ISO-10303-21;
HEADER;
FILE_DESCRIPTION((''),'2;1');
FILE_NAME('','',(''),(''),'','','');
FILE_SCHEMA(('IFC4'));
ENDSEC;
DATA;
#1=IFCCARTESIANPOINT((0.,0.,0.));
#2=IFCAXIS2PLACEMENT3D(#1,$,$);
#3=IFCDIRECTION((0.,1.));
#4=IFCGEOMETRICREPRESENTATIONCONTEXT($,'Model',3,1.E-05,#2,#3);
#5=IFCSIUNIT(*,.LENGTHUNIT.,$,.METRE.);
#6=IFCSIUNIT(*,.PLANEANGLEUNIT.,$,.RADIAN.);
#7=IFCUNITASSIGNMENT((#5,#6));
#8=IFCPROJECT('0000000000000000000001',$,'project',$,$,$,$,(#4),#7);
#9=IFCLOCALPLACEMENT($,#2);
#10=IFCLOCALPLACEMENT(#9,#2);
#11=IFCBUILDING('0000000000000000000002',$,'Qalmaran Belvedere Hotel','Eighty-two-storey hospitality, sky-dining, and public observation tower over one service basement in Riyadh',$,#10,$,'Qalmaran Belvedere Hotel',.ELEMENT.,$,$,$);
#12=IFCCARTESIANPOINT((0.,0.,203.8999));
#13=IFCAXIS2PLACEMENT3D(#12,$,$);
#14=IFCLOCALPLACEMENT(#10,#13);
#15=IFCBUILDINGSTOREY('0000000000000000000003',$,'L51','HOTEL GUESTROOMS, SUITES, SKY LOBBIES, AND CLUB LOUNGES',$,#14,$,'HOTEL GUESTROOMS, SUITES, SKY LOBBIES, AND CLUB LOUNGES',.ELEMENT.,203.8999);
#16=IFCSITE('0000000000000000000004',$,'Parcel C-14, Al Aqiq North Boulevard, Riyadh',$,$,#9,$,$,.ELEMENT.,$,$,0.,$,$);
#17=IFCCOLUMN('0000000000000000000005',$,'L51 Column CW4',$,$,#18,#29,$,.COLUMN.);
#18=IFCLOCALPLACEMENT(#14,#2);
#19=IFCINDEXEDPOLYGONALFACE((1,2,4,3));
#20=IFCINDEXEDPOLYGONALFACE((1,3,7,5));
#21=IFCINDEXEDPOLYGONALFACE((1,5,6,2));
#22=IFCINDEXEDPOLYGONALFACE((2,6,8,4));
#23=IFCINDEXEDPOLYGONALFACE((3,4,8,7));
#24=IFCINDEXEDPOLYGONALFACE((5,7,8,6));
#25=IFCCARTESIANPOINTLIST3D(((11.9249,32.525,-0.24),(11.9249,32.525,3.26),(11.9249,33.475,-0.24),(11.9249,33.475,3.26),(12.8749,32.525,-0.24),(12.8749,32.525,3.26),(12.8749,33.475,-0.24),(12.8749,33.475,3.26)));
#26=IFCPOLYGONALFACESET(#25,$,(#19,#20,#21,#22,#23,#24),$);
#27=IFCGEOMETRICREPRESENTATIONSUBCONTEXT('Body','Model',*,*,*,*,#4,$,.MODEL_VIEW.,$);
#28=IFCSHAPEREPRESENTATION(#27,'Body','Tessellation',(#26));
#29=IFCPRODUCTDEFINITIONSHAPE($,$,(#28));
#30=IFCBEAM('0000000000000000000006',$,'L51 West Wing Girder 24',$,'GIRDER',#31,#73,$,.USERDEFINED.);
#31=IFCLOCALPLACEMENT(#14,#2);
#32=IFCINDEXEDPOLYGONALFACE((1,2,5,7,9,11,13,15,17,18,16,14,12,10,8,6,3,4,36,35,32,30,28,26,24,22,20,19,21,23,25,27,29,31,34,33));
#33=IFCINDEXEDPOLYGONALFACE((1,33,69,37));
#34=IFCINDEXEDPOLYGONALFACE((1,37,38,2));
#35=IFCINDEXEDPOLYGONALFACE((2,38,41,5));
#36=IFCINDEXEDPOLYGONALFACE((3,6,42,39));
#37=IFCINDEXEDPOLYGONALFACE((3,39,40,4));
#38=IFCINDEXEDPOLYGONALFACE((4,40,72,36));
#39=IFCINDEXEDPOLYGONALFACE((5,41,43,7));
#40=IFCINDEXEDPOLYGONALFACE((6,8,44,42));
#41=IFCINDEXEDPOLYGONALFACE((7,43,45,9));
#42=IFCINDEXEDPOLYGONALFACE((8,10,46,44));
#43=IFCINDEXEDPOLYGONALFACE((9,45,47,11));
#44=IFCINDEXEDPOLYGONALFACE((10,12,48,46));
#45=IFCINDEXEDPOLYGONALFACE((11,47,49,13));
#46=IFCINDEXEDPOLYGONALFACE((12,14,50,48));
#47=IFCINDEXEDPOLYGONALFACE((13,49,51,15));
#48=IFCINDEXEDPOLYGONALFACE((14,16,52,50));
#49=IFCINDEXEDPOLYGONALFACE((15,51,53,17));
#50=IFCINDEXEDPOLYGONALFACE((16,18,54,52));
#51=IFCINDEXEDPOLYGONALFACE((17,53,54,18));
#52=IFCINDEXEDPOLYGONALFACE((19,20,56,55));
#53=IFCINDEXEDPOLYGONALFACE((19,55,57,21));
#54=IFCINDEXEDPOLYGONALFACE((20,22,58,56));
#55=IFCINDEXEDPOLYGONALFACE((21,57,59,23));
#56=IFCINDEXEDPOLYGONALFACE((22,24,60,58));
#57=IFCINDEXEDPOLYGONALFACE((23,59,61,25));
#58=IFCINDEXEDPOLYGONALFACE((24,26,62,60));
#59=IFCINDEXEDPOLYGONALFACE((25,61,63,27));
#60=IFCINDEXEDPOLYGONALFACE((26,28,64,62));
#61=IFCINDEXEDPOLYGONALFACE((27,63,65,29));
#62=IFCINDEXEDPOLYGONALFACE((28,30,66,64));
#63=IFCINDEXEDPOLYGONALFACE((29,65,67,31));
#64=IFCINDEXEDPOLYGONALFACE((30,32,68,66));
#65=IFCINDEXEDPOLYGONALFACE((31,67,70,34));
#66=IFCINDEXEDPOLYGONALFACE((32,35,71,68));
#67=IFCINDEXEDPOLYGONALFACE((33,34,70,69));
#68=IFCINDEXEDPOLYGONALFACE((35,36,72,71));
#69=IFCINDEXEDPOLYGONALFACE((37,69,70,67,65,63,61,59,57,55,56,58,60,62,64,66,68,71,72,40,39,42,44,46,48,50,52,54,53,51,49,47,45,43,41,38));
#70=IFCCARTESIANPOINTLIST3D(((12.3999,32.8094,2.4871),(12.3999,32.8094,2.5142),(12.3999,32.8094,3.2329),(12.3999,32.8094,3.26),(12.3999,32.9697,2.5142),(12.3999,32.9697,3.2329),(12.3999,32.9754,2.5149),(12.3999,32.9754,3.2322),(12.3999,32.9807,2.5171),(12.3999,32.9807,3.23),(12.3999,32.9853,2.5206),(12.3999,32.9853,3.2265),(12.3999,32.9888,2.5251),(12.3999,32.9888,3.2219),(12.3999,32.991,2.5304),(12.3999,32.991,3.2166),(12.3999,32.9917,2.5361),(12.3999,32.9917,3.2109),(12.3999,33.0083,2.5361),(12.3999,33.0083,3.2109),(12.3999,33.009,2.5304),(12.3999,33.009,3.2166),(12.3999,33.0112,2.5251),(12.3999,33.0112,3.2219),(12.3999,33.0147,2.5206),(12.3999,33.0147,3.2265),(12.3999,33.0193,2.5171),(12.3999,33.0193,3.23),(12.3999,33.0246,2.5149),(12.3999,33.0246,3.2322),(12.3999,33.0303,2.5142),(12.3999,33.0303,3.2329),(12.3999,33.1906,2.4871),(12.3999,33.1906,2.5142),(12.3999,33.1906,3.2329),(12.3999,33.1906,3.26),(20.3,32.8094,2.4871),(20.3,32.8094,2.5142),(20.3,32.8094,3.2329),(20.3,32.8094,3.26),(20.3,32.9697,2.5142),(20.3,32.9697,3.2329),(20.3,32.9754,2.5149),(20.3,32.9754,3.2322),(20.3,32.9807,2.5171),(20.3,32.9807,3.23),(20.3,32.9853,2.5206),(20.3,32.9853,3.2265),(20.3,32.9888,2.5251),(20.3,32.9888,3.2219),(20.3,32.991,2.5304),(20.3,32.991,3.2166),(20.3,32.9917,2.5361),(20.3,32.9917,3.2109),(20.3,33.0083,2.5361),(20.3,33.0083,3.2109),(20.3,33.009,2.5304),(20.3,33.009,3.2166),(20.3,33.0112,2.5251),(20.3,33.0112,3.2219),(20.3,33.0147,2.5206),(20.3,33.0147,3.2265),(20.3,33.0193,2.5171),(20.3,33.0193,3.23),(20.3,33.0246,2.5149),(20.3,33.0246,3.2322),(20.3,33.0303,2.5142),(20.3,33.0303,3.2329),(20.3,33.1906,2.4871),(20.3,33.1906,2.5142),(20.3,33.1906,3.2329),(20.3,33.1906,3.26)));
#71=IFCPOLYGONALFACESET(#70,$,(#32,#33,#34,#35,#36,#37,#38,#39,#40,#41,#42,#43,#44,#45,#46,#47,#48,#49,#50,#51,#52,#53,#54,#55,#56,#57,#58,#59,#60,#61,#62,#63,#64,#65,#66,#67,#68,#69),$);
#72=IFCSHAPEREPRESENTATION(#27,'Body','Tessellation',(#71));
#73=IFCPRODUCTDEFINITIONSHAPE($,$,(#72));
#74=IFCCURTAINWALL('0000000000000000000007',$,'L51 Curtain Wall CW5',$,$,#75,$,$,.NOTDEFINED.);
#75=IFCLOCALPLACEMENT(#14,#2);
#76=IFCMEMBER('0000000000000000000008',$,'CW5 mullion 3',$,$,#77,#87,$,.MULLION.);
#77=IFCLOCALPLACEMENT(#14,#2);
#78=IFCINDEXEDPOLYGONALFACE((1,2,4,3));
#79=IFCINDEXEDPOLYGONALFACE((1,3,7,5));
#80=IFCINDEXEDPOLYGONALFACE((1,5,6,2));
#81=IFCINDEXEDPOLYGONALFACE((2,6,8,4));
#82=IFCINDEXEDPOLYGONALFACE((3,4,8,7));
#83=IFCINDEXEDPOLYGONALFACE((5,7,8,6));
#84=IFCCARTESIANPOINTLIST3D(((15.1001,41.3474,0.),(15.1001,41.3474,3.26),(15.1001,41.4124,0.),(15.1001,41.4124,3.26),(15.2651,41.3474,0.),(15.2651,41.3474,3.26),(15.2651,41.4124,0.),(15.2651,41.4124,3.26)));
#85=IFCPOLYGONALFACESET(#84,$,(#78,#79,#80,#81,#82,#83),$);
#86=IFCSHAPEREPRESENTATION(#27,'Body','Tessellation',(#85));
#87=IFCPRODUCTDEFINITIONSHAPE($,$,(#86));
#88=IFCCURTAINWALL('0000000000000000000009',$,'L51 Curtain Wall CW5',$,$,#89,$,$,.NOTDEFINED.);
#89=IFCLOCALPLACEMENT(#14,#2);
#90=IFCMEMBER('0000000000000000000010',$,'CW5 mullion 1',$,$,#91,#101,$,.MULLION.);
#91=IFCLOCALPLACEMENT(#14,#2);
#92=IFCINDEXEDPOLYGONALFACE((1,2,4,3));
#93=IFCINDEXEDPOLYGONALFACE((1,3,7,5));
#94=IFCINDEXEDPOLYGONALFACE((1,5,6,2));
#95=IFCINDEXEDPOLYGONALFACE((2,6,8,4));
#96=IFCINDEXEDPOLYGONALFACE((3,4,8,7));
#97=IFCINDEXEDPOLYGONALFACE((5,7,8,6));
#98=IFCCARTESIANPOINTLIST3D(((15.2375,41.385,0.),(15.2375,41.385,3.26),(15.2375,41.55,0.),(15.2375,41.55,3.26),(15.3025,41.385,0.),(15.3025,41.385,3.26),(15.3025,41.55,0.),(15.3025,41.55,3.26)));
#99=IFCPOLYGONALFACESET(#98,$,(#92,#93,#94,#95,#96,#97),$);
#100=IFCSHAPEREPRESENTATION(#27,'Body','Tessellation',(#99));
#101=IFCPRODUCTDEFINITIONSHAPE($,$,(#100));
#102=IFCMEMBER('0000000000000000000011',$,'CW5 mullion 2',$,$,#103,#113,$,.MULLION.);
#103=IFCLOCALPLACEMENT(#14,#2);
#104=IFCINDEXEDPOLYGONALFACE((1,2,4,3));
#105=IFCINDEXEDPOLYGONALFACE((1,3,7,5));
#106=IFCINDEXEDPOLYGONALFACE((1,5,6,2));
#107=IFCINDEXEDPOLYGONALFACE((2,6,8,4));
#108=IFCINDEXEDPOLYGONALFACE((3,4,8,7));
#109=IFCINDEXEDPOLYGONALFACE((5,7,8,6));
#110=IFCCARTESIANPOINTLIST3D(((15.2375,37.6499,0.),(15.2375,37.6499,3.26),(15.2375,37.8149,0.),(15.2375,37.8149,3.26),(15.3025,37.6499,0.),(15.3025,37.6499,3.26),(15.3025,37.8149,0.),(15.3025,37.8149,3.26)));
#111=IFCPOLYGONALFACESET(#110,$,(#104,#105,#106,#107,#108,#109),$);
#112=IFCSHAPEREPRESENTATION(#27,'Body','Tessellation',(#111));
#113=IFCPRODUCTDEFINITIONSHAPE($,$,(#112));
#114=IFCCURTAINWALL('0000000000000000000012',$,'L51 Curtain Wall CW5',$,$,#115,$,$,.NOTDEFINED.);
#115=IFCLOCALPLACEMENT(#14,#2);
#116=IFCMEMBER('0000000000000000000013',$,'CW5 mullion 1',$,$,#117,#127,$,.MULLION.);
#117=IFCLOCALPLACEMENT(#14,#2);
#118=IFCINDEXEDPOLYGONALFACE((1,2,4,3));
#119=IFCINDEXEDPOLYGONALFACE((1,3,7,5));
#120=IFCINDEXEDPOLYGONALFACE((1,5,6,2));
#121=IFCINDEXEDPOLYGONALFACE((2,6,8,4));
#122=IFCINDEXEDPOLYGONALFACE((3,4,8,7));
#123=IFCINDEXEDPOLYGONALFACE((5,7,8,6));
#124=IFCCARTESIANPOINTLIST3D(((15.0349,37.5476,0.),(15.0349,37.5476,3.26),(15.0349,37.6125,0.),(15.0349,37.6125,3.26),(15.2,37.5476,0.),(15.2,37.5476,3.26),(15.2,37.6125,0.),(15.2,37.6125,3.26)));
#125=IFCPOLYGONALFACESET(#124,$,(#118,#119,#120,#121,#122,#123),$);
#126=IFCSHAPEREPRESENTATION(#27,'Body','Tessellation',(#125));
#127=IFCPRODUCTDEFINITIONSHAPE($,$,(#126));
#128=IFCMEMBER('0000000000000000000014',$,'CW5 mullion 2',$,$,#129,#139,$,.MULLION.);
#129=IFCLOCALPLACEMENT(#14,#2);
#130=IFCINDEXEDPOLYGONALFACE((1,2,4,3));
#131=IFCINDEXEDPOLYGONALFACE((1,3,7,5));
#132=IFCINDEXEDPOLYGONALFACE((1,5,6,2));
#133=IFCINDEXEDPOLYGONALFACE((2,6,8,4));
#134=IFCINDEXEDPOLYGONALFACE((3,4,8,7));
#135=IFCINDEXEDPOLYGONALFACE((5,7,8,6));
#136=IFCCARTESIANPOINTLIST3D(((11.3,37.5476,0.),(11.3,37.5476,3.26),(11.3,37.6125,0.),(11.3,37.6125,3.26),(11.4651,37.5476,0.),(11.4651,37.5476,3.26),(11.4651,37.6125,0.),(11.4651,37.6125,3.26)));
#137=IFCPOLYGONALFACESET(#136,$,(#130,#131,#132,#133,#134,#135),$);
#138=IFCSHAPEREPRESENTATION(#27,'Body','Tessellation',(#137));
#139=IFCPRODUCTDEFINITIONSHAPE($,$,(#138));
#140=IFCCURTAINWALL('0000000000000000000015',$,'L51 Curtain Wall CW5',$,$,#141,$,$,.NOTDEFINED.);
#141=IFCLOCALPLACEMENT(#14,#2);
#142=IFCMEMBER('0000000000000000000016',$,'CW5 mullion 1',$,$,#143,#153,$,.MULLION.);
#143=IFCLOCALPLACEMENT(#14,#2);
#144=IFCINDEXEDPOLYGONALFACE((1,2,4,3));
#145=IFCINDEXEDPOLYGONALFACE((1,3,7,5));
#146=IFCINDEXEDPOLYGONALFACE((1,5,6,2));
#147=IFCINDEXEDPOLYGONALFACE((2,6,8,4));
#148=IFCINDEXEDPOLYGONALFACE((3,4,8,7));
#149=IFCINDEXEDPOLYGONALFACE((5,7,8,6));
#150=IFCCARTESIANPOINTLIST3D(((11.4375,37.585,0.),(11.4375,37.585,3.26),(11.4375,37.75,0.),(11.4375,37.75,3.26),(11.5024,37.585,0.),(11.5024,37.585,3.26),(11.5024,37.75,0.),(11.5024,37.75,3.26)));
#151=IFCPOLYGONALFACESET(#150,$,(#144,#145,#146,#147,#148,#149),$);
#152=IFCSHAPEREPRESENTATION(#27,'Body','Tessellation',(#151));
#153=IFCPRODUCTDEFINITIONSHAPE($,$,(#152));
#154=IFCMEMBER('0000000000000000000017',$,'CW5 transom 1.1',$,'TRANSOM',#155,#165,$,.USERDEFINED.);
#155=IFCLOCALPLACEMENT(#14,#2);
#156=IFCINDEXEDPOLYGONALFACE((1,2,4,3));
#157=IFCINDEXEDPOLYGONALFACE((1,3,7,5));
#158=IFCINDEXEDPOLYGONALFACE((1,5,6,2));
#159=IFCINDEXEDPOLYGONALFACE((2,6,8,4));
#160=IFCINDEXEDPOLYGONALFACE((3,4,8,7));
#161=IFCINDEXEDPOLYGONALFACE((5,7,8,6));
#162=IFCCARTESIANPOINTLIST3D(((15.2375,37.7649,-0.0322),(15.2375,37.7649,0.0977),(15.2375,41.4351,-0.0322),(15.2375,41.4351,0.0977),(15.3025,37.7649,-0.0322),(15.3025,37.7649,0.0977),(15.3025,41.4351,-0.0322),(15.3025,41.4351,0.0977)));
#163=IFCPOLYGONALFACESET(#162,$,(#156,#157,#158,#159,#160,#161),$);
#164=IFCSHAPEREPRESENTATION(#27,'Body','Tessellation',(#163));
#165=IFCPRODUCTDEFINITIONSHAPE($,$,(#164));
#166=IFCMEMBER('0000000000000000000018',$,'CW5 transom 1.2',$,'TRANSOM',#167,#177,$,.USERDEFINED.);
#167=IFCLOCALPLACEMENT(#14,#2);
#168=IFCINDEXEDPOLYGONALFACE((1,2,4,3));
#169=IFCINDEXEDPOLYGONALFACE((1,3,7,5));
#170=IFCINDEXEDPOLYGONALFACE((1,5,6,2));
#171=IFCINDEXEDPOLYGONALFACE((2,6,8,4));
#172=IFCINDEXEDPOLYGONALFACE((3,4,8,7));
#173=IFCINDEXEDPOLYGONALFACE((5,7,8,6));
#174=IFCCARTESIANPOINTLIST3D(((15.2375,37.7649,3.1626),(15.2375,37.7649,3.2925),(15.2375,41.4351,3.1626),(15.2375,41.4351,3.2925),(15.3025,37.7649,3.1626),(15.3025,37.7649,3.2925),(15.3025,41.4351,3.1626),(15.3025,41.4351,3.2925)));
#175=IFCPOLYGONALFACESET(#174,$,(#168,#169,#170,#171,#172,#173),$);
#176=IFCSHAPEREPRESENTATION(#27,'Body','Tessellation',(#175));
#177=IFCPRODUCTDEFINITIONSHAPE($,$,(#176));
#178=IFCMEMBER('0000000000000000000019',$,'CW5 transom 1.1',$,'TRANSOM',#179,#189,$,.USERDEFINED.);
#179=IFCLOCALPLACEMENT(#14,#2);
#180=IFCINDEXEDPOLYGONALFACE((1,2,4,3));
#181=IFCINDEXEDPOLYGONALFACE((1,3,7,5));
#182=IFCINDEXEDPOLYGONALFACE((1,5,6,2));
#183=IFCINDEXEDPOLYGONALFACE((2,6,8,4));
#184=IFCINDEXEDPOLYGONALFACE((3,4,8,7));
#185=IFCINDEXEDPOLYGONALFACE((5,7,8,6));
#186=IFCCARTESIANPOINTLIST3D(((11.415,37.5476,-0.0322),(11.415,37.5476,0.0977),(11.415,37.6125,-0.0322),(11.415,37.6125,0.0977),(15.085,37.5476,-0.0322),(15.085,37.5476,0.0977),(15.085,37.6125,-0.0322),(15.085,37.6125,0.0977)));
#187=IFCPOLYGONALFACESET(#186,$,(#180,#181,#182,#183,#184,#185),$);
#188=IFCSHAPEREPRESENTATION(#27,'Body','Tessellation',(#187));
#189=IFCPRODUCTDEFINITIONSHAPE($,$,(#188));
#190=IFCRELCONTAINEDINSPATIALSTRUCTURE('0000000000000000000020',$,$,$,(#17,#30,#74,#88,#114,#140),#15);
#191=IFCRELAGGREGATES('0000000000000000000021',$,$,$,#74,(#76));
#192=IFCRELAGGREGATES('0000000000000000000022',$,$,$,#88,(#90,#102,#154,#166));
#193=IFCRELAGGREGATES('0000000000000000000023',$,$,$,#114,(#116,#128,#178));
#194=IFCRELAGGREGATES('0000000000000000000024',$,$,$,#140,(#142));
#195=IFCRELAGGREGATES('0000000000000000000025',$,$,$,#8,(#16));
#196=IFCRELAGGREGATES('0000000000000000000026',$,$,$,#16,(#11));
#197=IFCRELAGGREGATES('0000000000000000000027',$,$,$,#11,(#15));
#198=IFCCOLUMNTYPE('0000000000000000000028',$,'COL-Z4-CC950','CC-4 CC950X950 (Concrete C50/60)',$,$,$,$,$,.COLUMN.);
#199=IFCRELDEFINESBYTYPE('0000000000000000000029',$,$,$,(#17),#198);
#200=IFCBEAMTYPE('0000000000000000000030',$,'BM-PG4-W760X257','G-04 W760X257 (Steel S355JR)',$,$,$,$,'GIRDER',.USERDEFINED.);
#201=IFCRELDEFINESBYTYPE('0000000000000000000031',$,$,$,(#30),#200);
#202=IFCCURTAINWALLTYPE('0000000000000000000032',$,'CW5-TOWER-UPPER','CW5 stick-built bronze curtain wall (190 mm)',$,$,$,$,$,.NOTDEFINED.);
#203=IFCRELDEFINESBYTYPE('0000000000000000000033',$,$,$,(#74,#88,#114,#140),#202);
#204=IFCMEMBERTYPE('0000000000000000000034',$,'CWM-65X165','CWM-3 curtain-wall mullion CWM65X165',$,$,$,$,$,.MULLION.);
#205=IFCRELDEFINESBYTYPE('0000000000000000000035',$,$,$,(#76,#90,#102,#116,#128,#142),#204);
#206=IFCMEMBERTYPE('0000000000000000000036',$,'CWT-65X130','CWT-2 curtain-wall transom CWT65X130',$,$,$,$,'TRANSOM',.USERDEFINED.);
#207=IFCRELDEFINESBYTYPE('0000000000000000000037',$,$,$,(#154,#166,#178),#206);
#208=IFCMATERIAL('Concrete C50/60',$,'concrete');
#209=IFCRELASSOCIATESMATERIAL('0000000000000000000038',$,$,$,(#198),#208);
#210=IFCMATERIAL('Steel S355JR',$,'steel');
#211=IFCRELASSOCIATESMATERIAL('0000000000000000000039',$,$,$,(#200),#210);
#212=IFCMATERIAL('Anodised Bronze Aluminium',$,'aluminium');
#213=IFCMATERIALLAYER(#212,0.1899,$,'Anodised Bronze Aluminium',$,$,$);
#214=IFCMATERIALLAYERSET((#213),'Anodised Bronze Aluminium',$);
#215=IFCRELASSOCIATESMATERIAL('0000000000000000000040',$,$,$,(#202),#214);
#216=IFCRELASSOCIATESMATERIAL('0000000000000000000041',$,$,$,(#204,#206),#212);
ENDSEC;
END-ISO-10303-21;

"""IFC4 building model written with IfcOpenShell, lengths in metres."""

from ifc_helpers import new_model, si_unit, direction, frame, origin, origin_2d, place, context, subcontext, project, spatial, rectangle, i_section, extrude, material, layer, layer_set, material_profile, profile_set, type_object, element, aggregate, save


model = new_model("IFC4")

# Units and contexts
model_context = context("Model", 3, precision=1e-05, world=origin(), true_north=direction((0.0, 1.0)))
body_context = subcontext(model_context, "Body", "Model", "MODEL_VIEW")
ifc_project = project(units=[si_unit("LENGTHUNIT", "METRE"), si_unit("PLANEANGLEUNIT", "RADIAN")], contexts=[model_context])

# Site, building, storey
site_placement = place(None, origin())
site = spatial("IfcSite", under=ifc_project, at=site_placement, Name="Parcel C-14, Al Aqiq North Boulevard, Riyadh", CompositionType="ELEMENT", RefElevation=0.0)
building_placement = place(site_placement, origin())
building = spatial("IfcBuilding", under=site, at=building_placement, Name="Qalmaran Belvedere Hotel", Description="Eighty-two-storey hospitality, sky-dining, and public observation tower over one service basement in Riyadh", LongName="Qalmaran Belvedere Hotel", CompositionType="ELEMENT")
storey_placement = place(building_placement, frame((0.0, 0.0, 203.8999)))
storey = spatial("IfcBuildingStorey", under=building, at=storey_placement, Name="L51", Description="HOTEL GUESTROOMS, SUITES, SKY LOBBIES, AND CLUB LOUNGES", LongName="HOTEL GUESTROOMS, SUITES, SKY LOBBIES, AND CLUB LOUNGES", CompositionType="ELEMENT", Elevation=203.8999)

# Column
ifc_material_1 = material(Name="Concrete C50/60", Category="concrete")
ifc_material_profile_1 = material_profile(ifc_material_1, rectangle(XDim=0.95, YDim=0.95, at=origin_2d()), Name="CC950X950")
ifc_profile_set_1 = profile_set([ifc_material_profile_1], Name="Concrete C50/60")
column_type = type_object("IfcColumnType", Name="COL-Z4-CC950", Description="CC-4 CC950X950 (Concrete C50/60)", PredefinedType="COLUMN", material=ifc_profile_set_1)
column_placement = place(storey_placement, frame((12.3999, 33.0, -0.24), z_axis=(0.0, 0.0, 1.0), x_axis=(1.0, 0.0, 0.0)))
element("IfcColumn", 1, at=column_placement, inside=storey, type_object=column_type, Name="L51 Column CW4", PredefinedType="COLUMN", context=body_context, shape_type="SweptSolid", body=[
    extrude(rectangle(XDim=0.95, YDim=0.95, at=origin_2d()), origin(), (0.0, 0.0, 1.0), 3.5),
])

# Beam
ifc_material_2 = material(Name="Steel S355JR", Category="steel")
ifc_material_profile_2 = material_profile(ifc_material_2, i_section(OverallWidth=0.3811, OverallDepth=0.7729, WebThickness=0.0166, FlangeThickness=0.0271, FilletRadius=0.022, at=origin_2d()), Name="W760X257")
ifc_profile_set_2 = profile_set([ifc_material_profile_2], Name="Steel S355JR")
beam_type = type_object("IfcBeamType", Name="BM-PG4-W760X257", Description="G-04 W760X257 (Steel S355JR)", ElementType="GIRDER", PredefinedType="USERDEFINED", material=ifc_profile_set_2)
beam_placement = place(storey_placement, frame((12.3999, 33.0, 2.8735), z_axis=(1.0, 0.0, 0.0), x_axis=(0.0, 1.0, 0.0)))
element("IfcBeam", 2, at=beam_placement, inside=storey, type_object=beam_type, Name="L51 West Wing Girder 24", ObjectType="GIRDER", PredefinedType="USERDEFINED", context=body_context, shape_type="SweptSolid", body=[
    extrude(i_section(OverallWidth=0.3811, OverallDepth=0.7729, WebThickness=0.0166, FlangeThickness=0.0271, FilletRadius=0.022, at=origin_2d()), origin(), (0.0, 0.0, 1.0), 7.9001),
])

# Curtain wall, member
ifc_material_3 = material(Name="Anodised Bronze Aluminium", Category="aluminium")
ifc_layer_1 = layer(ifc_material_3, 0.1899, Name="Anodised Bronze Aluminium")
ifc_layer_set_1 = layer_set([ifc_layer_1], Name="Anodised Bronze Aluminium")
curtain_wall_type = type_object("IfcCurtainWallType", Name="CW5-TOWER-UPPER", Description="CW5 stick-built bronze curtain wall (190 mm)", PredefinedType="NOTDEFINED", material=ifc_layer_set_1)
curtain_wall_1_placement = place(storey_placement, origin())
curtain_wall_1 = element("IfcCurtainWall", 3, at=curtain_wall_1_placement, inside=storey, type_object=curtain_wall_type, Name="L51 Curtain Wall CW5", PredefinedType="NOTDEFINED")
ifc_material_profile_3 = material_profile(ifc_material_3, rectangle(XDim=0.0649, YDim=0.165, at=origin_2d()), Name="CWM65X165")
ifc_profile_set_3 = profile_set([ifc_material_profile_3], Name="Anodised Bronze Aluminium")
member_type_1 = type_object("IfcMemberType", Name="CWM-65X165", Description="CWM-3 curtain-wall mullion CWM65X165", PredefinedType="MULLION", material=ifc_profile_set_3)
member_1_placement = place(storey_placement, frame((15.1826, 41.3799, 0.0), z_axis=(0.0, 0.0, 1.0), x_axis=(0.0, -1.0, 0.0)))
member_1 = element("IfcMember", 4, at=member_1_placement, type_object=member_type_1, Name="CW5 mullion 3", PredefinedType="MULLION", context=body_context, shape_type="SweptSolid", body=[
    extrude(rectangle(XDim=0.0649, YDim=0.165, at=origin_2d()), origin(), (0.0, 0.0, 1.0), 3.26),
])
aggregate(curtain_wall_1, [member_1])

# Curtain walls, members
curtain_wall_2_placement = place(storey_placement, origin())
curtain_wall_2 = element("IfcCurtainWall", 5, at=curtain_wall_2_placement, inside=storey, type_object=curtain_wall_type, Name="L51 Curtain Wall CW5", PredefinedType="NOTDEFINED")
member_2_placement = place(storey_placement, frame((15.27, 41.4675, 0.0), z_axis=(0.0, 0.0, 1.0), x_axis=(1.0, 0.0, 0.0)))
member_2 = element("IfcMember", 6, at=member_2_placement, type_object=member_type_1, Name="CW5 mullion 1", PredefinedType="MULLION", context=body_context, shape_type="SweptSolid", body=[
    extrude(rectangle(XDim=0.0649, YDim=0.165, at=origin_2d()), origin(), (0.0, 0.0, 1.0), 3.26),
])
member_3_placement = place(storey_placement, frame((15.27, 37.7324, 0.0), z_axis=(0.0, 0.0, 1.0), x_axis=(1.0, 0.0, 0.0)))
member_3 = element("IfcMember", 7, at=member_3_placement, type_object=member_type_1, Name="CW5 mullion 2", PredefinedType="MULLION", context=body_context, shape_type="SweptSolid", body=[
    extrude(rectangle(XDim=0.0649, YDim=0.165, at=origin_2d()), origin(), (0.0, 0.0, 1.0), 3.26),
])
curtain_wall_3_placement = place(storey_placement, origin())
curtain_wall_3 = element("IfcCurtainWall", 8, at=curtain_wall_3_placement, inside=storey, type_object=curtain_wall_type, Name="L51 Curtain Wall CW5", PredefinedType="NOTDEFINED")
member_4_placement = place(storey_placement, frame((15.1174, 37.5801, 0.0), z_axis=(0.0, 0.0, 1.0), x_axis=(0.0, -1.0, 0.0)))
member_4 = element("IfcMember", 9, at=member_4_placement, type_object=member_type_1, Name="CW5 mullion 1", PredefinedType="MULLION", context=body_context, shape_type="SweptSolid", body=[
    extrude(rectangle(XDim=0.0649, YDim=0.165, at=origin_2d()), origin(), (0.0, 0.0, 1.0), 3.26),
])
member_5_placement = place(storey_placement, frame((11.3826, 37.5801, 0.0), z_axis=(0.0, 0.0, 1.0), x_axis=(0.0, -1.0, 0.0)))
member_5 = element("IfcMember", 10, at=member_5_placement, type_object=member_type_1, Name="CW5 mullion 2", PredefinedType="MULLION", context=body_context, shape_type="SweptSolid", body=[
    extrude(rectangle(XDim=0.0649, YDim=0.165, at=origin_2d()), origin(), (0.0, 0.0, 1.0), 3.26),
])

# Curtain wall, member
curtain_wall_4_placement = place(storey_placement, origin())
curtain_wall_4 = element("IfcCurtainWall", 11, at=curtain_wall_4_placement, inside=storey, type_object=curtain_wall_type, Name="L51 Curtain Wall CW5", PredefinedType="NOTDEFINED")
member_6_placement = place(storey_placement, frame((11.47, 37.6675, 0.0), z_axis=(0.0, 0.0, 1.0), x_axis=(1.0, 0.0, 0.0)))
member_6 = element("IfcMember", 12, at=member_6_placement, type_object=member_type_1, Name="CW5 mullion 1", PredefinedType="MULLION", context=body_context, shape_type="SweptSolid", body=[
    extrude(rectangle(XDim=0.0649, YDim=0.165, at=origin_2d()), origin(), (0.0, 0.0, 1.0), 3.26),
])

# Members
ifc_material_profile_4 = material_profile(ifc_material_3, rectangle(XDim=0.0649, YDim=0.1299, at=origin_2d()), Name="CWT65X130")
ifc_profile_set_4 = profile_set([ifc_material_profile_4], Name="Anodised Bronze Aluminium")
member_type_2 = type_object("IfcMemberType", Name="CWT-65X130", Description="CWT-2 curtain-wall transom CWT65X130", ElementType="TRANSOM", PredefinedType="USERDEFINED", material=ifc_profile_set_4)
member_7_placement = place(storey_placement, frame((15.27, 41.4351, 0.0327), z_axis=(0.0, -1.0, 0.0), x_axis=(1.0, 0.0, 0.0)))
member_7 = element("IfcMember", 13, at=member_7_placement, type_object=member_type_2, Name="CW5 transom 1.1", ObjectType="TRANSOM", PredefinedType="USERDEFINED", context=body_context, shape_type="SweptSolid", body=[
    extrude(rectangle(XDim=0.0649, YDim=0.1299, at=origin_2d()), origin(), (0.0, 0.0, 1.0), 3.6702),
])
member_8_placement = place(storey_placement, frame((15.27, 41.4351, 3.2275), z_axis=(0.0, -1.0, 0.0), x_axis=(1.0, 0.0, 0.0)))
member_8 = element("IfcMember", 14, at=member_8_placement, type_object=member_type_2, Name="CW5 transom 1.2", ObjectType="TRANSOM", PredefinedType="USERDEFINED", context=body_context, shape_type="SweptSolid", body=[
    extrude(rectangle(XDim=0.0649, YDim=0.1299, at=origin_2d()), origin(), (0.0, 0.0, 1.0), 3.6702),
])
member_9_placement = place(storey_placement, frame((15.085, 37.5801, 0.0327), z_axis=(-1.0, 0.0, 0.0), x_axis=(0.0, -1.0, 0.0)))
member_9 = element("IfcMember", 15, at=member_9_placement, type_object=member_type_2, Name="CW5 transom 1.1", ObjectType="TRANSOM", PredefinedType="USERDEFINED", context=body_context, shape_type="SweptSolid", body=[
    extrude(rectangle(XDim=0.0649, YDim=0.1299, at=origin_2d()), origin(), (0.0, 0.0, 1.0), 3.6699),
])

aggregate(curtain_wall_2, [member_2, member_3, member_7, member_8])
aggregate(curtain_wall_3, [member_4, member_5, member_9])
aggregate(curtain_wall_4, [member_6])

save(model, "model.ifc")
